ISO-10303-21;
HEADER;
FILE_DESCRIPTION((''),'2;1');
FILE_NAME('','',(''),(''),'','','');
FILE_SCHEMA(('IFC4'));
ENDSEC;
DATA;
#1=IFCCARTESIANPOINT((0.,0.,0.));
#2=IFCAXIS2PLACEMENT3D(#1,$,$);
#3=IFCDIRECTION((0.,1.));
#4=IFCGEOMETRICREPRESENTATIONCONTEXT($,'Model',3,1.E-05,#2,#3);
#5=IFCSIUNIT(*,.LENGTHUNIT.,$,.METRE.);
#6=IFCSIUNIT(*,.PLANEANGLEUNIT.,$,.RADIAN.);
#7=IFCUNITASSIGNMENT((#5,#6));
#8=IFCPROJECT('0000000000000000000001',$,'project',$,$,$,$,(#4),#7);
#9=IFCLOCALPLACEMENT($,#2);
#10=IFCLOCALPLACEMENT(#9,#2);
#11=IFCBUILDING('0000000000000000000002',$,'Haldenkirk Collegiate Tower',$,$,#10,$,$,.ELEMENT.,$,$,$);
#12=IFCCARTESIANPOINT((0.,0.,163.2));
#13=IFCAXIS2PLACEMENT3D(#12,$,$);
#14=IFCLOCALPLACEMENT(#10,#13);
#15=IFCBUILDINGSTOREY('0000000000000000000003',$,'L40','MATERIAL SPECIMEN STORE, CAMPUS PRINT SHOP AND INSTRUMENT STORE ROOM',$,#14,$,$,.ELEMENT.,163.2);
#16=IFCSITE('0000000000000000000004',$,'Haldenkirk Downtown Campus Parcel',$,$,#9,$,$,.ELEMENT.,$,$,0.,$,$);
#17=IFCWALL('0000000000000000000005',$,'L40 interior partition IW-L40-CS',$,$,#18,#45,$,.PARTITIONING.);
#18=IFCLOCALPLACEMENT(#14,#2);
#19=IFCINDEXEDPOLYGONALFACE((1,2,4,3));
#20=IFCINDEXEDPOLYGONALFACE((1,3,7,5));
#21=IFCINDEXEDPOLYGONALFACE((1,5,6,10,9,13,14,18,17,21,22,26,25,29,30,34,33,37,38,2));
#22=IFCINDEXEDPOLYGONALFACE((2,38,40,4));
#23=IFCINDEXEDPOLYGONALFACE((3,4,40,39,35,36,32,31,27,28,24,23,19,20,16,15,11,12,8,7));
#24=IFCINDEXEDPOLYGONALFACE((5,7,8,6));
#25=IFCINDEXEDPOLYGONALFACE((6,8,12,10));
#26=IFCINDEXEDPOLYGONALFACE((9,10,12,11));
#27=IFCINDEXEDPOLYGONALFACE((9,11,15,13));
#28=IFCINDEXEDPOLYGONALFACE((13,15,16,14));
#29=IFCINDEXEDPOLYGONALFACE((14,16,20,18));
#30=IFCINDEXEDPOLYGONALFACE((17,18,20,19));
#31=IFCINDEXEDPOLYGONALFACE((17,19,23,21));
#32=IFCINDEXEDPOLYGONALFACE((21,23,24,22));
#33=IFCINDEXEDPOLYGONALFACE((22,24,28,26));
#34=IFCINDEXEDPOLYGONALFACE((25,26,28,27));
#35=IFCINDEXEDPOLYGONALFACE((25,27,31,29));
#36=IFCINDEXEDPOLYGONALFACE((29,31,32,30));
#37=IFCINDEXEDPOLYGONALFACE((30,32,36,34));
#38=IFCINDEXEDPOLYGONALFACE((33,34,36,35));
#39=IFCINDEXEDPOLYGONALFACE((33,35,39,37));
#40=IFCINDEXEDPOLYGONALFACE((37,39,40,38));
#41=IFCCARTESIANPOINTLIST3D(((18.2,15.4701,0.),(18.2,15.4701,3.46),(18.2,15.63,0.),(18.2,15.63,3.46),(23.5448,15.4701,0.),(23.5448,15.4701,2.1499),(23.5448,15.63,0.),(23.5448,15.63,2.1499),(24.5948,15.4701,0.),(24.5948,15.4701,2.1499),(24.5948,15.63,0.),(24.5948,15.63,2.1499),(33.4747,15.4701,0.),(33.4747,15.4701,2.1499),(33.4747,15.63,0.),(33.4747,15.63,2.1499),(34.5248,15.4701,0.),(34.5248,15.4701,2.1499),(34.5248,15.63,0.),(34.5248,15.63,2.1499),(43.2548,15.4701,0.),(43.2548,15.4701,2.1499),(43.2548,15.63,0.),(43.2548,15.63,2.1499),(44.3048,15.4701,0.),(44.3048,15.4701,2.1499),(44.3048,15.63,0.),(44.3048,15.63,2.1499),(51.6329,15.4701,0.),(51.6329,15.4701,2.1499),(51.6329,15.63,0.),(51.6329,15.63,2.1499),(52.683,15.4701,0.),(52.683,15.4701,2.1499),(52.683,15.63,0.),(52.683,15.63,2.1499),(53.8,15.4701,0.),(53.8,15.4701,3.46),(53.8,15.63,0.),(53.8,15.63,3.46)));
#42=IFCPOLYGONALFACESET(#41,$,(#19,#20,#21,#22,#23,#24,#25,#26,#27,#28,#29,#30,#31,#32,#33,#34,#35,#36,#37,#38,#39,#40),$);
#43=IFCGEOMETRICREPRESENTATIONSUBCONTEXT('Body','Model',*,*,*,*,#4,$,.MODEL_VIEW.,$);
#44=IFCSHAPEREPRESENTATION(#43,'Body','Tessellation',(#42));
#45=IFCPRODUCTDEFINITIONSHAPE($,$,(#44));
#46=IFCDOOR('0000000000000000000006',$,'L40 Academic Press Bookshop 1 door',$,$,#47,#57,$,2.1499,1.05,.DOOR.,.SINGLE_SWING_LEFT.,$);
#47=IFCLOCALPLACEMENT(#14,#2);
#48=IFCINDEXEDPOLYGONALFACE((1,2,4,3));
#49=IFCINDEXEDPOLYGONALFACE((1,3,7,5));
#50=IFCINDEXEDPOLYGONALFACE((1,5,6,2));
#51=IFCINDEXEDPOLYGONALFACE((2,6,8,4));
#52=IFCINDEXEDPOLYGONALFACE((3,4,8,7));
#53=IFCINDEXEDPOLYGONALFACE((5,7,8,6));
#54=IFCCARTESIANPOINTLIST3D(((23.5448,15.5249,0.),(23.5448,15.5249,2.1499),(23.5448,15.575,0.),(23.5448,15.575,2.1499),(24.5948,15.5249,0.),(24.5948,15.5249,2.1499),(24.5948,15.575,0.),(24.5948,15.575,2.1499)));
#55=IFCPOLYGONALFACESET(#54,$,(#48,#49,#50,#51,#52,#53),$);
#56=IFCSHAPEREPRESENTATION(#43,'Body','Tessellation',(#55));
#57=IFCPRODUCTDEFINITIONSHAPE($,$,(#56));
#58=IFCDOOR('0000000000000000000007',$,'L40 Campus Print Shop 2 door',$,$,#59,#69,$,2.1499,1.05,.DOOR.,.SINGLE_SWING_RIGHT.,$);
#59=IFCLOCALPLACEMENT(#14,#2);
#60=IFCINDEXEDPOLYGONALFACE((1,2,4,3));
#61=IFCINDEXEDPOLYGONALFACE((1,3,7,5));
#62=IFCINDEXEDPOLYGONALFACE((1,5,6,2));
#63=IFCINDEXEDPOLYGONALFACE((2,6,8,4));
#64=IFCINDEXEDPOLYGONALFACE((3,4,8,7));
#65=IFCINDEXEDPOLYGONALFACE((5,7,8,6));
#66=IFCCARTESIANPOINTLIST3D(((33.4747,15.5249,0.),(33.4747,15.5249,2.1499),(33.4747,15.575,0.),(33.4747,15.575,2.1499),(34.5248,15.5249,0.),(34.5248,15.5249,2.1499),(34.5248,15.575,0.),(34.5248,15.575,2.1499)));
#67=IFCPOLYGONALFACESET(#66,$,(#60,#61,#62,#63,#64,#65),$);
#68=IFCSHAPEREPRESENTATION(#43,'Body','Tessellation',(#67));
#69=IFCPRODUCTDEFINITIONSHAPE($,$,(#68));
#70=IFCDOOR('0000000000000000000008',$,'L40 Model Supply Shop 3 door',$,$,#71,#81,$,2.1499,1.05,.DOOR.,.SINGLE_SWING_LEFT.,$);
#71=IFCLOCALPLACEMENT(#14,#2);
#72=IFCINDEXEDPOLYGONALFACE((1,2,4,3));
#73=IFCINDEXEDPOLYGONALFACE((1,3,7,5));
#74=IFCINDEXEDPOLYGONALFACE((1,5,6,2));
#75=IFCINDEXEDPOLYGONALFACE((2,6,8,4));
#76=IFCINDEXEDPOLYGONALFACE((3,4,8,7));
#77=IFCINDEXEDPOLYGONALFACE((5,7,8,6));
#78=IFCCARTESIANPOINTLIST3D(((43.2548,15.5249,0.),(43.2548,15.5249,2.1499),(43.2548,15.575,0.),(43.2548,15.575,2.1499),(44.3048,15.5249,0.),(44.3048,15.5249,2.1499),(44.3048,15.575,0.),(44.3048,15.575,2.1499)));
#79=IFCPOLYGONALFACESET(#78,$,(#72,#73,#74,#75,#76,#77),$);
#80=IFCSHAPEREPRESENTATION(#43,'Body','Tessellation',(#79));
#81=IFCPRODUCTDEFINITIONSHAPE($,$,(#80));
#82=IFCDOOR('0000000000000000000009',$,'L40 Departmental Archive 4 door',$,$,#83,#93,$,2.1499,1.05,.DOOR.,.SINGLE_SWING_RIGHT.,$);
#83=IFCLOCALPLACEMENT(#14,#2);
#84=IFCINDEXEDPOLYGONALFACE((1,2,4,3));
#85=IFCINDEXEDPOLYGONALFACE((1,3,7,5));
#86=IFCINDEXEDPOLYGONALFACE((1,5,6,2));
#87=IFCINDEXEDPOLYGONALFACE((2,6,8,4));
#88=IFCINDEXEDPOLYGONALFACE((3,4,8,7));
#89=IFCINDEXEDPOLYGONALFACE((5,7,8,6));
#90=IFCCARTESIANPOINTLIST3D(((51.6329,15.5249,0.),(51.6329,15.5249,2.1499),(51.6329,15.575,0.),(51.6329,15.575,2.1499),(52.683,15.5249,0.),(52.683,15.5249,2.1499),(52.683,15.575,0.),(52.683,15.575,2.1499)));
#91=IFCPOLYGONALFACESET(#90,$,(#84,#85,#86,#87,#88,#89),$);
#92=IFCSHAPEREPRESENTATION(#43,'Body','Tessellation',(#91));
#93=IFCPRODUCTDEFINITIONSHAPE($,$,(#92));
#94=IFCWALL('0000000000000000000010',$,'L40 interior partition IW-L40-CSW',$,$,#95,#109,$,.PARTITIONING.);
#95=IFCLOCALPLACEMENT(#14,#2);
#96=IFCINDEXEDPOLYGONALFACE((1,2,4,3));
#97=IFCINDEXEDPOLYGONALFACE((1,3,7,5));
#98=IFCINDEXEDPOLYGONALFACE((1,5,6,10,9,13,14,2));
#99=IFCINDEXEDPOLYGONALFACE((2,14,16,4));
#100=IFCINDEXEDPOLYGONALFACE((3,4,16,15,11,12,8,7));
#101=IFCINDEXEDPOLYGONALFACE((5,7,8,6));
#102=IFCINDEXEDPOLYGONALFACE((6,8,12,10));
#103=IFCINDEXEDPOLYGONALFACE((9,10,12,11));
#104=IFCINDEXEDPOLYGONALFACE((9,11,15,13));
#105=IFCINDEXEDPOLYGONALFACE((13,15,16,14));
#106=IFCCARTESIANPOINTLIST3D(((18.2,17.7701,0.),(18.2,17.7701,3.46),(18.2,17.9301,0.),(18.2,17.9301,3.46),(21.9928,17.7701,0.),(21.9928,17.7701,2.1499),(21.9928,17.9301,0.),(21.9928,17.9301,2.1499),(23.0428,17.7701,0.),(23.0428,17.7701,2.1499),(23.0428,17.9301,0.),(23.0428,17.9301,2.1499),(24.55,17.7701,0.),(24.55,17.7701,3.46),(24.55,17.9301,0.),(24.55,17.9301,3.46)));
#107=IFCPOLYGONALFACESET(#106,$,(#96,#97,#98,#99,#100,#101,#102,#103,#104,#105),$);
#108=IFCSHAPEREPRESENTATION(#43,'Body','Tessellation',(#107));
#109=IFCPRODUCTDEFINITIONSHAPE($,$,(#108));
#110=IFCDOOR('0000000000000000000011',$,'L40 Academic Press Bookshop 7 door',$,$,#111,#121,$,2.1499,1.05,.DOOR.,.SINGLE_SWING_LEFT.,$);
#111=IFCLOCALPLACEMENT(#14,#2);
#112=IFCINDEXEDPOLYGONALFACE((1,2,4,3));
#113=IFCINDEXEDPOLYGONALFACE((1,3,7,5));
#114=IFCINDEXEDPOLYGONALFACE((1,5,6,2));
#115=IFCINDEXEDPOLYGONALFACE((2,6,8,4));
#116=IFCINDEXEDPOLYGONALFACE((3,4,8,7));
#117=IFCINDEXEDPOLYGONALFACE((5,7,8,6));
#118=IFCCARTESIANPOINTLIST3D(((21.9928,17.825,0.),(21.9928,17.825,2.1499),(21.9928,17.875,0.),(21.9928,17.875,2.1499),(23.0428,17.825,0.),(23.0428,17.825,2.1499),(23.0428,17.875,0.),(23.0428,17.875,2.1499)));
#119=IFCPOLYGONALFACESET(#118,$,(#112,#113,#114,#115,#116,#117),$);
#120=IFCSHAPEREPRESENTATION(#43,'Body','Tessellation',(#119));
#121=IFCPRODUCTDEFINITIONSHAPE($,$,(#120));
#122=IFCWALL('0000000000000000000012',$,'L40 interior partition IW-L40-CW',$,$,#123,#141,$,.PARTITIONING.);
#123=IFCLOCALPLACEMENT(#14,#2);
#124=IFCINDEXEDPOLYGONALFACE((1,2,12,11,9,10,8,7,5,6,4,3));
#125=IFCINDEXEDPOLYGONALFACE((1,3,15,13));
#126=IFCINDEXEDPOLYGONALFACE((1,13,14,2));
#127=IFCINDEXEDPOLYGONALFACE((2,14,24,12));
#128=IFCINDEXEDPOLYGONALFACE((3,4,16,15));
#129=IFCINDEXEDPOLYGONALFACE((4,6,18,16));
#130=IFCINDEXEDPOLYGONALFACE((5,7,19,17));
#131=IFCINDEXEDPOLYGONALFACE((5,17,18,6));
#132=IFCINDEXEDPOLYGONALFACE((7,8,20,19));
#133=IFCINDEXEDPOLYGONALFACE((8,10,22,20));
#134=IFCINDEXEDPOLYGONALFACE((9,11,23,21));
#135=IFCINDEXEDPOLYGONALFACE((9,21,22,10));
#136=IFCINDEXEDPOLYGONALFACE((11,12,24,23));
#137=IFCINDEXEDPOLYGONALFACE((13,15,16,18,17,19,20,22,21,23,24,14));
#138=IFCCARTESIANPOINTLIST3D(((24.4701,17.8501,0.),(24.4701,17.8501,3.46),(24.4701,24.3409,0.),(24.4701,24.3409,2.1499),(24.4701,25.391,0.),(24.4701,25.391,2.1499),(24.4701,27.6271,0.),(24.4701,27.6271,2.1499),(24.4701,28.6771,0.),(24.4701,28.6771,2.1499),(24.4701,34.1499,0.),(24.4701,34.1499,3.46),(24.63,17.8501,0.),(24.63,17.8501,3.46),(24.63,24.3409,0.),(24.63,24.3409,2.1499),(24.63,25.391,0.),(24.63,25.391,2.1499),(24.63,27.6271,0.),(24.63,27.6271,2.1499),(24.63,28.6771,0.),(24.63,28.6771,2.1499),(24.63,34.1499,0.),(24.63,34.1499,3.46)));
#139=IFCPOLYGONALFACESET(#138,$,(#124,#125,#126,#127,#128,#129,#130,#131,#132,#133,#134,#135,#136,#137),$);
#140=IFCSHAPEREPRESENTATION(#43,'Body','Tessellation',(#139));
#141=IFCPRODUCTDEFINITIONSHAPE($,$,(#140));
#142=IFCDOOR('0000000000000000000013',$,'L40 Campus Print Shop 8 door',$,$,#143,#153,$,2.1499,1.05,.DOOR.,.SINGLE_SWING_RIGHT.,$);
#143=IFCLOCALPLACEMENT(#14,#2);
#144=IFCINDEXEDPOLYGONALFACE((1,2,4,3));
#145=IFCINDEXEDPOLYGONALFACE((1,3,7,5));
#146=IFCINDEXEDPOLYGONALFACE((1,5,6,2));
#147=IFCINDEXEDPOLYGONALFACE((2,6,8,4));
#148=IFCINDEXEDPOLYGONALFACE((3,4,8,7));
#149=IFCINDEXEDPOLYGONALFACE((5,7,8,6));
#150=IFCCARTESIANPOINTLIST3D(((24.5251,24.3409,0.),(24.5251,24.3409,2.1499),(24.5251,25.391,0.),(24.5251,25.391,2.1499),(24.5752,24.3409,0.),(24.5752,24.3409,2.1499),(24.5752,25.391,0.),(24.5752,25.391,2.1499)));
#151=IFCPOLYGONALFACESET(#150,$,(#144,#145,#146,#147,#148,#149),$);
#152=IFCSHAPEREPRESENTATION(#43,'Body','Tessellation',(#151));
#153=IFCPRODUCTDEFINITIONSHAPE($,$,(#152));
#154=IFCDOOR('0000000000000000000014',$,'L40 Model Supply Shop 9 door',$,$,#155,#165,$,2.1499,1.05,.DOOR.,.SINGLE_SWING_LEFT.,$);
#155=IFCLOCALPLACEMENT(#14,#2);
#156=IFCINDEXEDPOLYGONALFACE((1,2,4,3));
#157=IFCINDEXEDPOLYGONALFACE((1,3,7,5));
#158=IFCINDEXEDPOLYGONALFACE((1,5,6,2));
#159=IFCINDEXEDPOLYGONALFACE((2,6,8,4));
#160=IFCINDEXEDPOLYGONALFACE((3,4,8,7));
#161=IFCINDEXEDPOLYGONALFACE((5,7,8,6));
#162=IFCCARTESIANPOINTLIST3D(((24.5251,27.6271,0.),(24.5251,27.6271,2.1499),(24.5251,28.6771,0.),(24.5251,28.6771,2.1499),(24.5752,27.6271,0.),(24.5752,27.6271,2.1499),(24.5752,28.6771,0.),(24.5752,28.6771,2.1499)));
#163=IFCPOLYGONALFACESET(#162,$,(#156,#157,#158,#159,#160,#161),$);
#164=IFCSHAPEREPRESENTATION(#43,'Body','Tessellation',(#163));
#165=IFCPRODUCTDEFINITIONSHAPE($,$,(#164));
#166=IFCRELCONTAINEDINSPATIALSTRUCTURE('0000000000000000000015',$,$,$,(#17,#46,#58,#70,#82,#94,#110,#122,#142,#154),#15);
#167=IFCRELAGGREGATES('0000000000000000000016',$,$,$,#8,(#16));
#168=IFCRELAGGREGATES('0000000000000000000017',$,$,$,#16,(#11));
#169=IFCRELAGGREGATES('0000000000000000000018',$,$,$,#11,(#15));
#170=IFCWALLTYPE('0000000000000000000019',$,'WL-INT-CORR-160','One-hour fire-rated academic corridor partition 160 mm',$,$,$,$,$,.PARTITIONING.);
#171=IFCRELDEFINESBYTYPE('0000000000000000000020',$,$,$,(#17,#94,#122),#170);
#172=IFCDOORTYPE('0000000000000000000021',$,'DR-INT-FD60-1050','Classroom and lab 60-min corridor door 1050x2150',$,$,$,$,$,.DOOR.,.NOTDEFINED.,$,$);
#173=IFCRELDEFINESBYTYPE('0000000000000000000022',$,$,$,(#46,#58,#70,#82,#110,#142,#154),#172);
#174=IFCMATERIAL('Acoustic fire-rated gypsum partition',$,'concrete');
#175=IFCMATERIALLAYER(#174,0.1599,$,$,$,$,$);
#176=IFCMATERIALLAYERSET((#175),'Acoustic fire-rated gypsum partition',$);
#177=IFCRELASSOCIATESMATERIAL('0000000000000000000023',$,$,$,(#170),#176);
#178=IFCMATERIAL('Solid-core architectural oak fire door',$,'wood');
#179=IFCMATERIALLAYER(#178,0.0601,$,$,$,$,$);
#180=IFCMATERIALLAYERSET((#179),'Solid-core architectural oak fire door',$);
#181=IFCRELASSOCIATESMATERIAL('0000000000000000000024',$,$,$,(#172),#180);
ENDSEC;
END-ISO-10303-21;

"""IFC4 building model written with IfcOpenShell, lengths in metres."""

from ifc_helpers import new_model, si_unit, direction, frame, frame_2d, origin, place, context, subcontext, project, spatial, rectangle, extrude, material, layer, layer_set, type_object, element, fill, save


model = new_model("IFC4")

# Units and contexts
model_context = context("Model", 3, precision=1e-05, world=origin(), true_north=direction((0.0, 1.0)))
body_context = subcontext(model_context, "Body", "Model", "MODEL_VIEW")
ifc_project = project(units=[si_unit("LENGTHUNIT", "METRE"), si_unit("PLANEANGLEUNIT", "RADIAN")], contexts=[model_context])

# Site, building, storey
site_placement = place(None, origin())
site = spatial("IfcSite", under=ifc_project, at=site_placement, Name="Haldenkirk Downtown Campus Parcel", CompositionType="ELEMENT", RefElevation=0.0)
building_placement = place(site_placement, origin())
building = spatial("IfcBuilding", under=site, at=building_placement, Name="Haldenkirk Collegiate Tower", CompositionType="ELEMENT")
storey_placement = place(building_placement, frame((0.0, 0.0, 163.2)))
storey = spatial("IfcBuildingStorey", under=building, at=storey_placement, Name="L40", Description="MATERIAL SPECIMEN STORE, CAMPUS PRINT SHOP AND INSTRUMENT STORE ROOM", CompositionType="ELEMENT", Elevation=163.2)

# Wall, openings, doors
ifc_material_1 = material(Name="Acoustic fire-rated gypsum partition", Category="concrete")
ifc_layer_1 = layer(ifc_material_1, 0.1599)
ifc_layer_set_1 = layer_set([ifc_layer_1], Name="Acoustic fire-rated gypsum partition")
wall_type_1 = type_object("IfcWallType", Name="WL-INT-CORR-160", Description="One-hour fire-rated academic corridor partition 160 mm", PredefinedType="PARTITIONING", material=ifc_layer_set_1)
wall_1_placement = place(storey_placement, frame((18.2, 15.55, 0.0), z_axis=(0.0, 0.0, 1.0), x_axis=(1.0, 0.0, 0.0)))
wall_1 = element("IfcWall", 1, at=wall_1_placement, inside=storey, type_object=wall_type_1, Name="L40 interior partition IW-L40-CS", PredefinedType="PARTITIONING", context=body_context, shape_type="SweptSolid", body=[
    extrude(rectangle(XDim=35.6001, YDim=0.1599, at=frame_2d((17.8, 0.0))), origin(), (0.0, 0.0, 1.0), 3.46),
])
opening_1_placement = place(wall_1_placement, frame((5.345, 0.0, 0.0)))
opening_1 = element("IfcOpeningElement", 2, at=opening_1_placement, cuts=wall_1, PredefinedType="OPENING", context=body_context, shape_type="SweptSolid", body=[
    extrude(rectangle(XDim=1.05, YDim=2.1499, at=frame_2d((0.5249, 1.075))), frame((0.0, 0.0898, 0.0), z_axis=(0.0, -1.0, 0.0), x_axis=(1.0, 0.0, 0.0)), (0.0, 0.0, 1.0), 0.1799),
])
opening_2_placement = place(wall_1_placement, frame((15.2749, 0.0, 0.0)))
opening_2 = element("IfcOpeningElement", 3, at=opening_2_placement, cuts=wall_1, PredefinedType="OPENING", context=body_context, shape_type="SweptSolid", body=[
    extrude(rectangle(XDim=1.05, YDim=2.1499, at=frame_2d((0.5249, 1.075))), frame((0.0, 0.0898, 0.0), z_axis=(0.0, -1.0, 0.0), x_axis=(1.0, 0.0, 0.0)), (0.0, 0.0, 1.0), 0.1799),
])
opening_3_placement = place(wall_1_placement, frame((25.0549, 0.0, 0.0)))
opening_3 = element("IfcOpeningElement", 4, at=opening_3_placement, cuts=wall_1, PredefinedType="OPENING", context=body_context, shape_type="SweptSolid", body=[
    extrude(rectangle(XDim=1.05, YDim=2.1499, at=frame_2d((0.5249, 1.075))), frame((0.0, 0.0898, 0.0), z_axis=(0.0, -1.0, 0.0), x_axis=(1.0, 0.0, 0.0)), (0.0, 0.0, 1.0), 0.1799),
])
opening_4_placement = place(wall_1_placement, frame((33.4331, 0.0, 0.0)))
opening_4 = element("IfcOpeningElement", 5, at=opening_4_placement, cuts=wall_1, PredefinedType="OPENING", context=body_context, shape_type="SweptSolid", body=[
    extrude(rectangle(XDim=1.05, YDim=2.1499, at=frame_2d((0.5249, 1.075))), frame((0.0, 0.0898, 0.0), z_axis=(0.0, -1.0, 0.0), x_axis=(1.0, 0.0, 0.0)), (0.0, 0.0, 1.0), 0.1799),
])
ifc_material_2 = material(Name="Solid-core architectural oak fire door", Category="wood")
ifc_layer_2 = layer(ifc_material_2, 0.0601)
ifc_layer_set_2 = layer_set([ifc_layer_2], Name="Solid-core architectural oak fire door")
door_type_1 = type_object("IfcDoorType", Name="DR-INT-FD60-1050", Description="Classroom and lab 60-min corridor door 1050x2150", OperationType="NOTDEFINED", PredefinedType="DOOR", material=ifc_layer_set_2)
door_1_placement = place(opening_1_placement, origin())
door_1 = element("IfcDoor", 6, at=door_1_placement, inside=storey, type_object=door_type_1, Name="L40 Academic Press Bookshop 1 door", OperationType="SINGLE_SWING_LEFT", OverallHeight=2.1499, OverallWidth=1.05, PredefinedType="DOOR", context=body_context, shape_type="SweptSolid", body=[
    extrude(rectangle(XDim=1.05, YDim=2.1499, at=frame_2d((0.5249, 1.075))), frame((0.0, 0.0249, 0.0), z_axis=(0.0, -1.0, 0.0), x_axis=(1.0, 0.0, 0.0)), (0.0, 0.0, 1.0), 0.05),
])
fill(opening_1, door_1)
door_2_placement = place(opening_2_placement, origin())
door_2 = element("IfcDoor", 7, at=door_2_placement, inside=storey, type_object=door_type_1, Name="L40 Campus Print Shop 2 door", OperationType="SINGLE_SWING_RIGHT", OverallHeight=2.1499, OverallWidth=1.05, PredefinedType="DOOR", context=body_context, shape_type="SweptSolid", body=[
    extrude(rectangle(XDim=1.05, YDim=2.1499, at=frame_2d((0.5249, 1.075))), frame((0.0, 0.0249, 0.0), z_axis=(0.0, -1.0, 0.0), x_axis=(1.0, 0.0, 0.0)), (0.0, 0.0, 1.0), 0.05),
])
fill(opening_2, door_2)
door_3_placement = place(opening_3_placement, origin())
door_3 = element("IfcDoor", 8, at=door_3_placement, inside=storey, type_object=door_type_1, Name="L40 Model Supply Shop 3 door", OperationType="SINGLE_SWING_LEFT", OverallHeight=2.1499, OverallWidth=1.05, PredefinedType="DOOR", context=body_context, shape_type="SweptSolid", body=[
    extrude(rectangle(XDim=1.05, YDim=2.1499, at=frame_2d((0.5249, 1.075))), frame((0.0, 0.0249, 0.0), z_axis=(0.0, -1.0, 0.0), x_axis=(1.0, 0.0, 0.0)), (0.0, 0.0, 1.0), 0.05),
])
fill(opening_3, door_3)
door_4_placement = place(opening_4_placement, origin())
door_4 = element("IfcDoor", 9, at=door_4_placement, inside=storey, type_object=door_type_1, Name="L40 Departmental Archive 4 door", OperationType="SINGLE_SWING_RIGHT", OverallHeight=2.1499, OverallWidth=1.05, PredefinedType="DOOR", context=body_context, shape_type="SweptSolid", body=[
    extrude(rectangle(XDim=1.05, YDim=2.1499, at=frame_2d((0.5249, 1.075))), frame((0.0, 0.0249, 0.0), z_axis=(0.0, -1.0, 0.0), x_axis=(1.0, 0.0, 0.0)), (0.0, 0.0, 1.0), 0.05),
])
fill(opening_4, door_4)

# Wall, opening, door
wall_2_placement = place(storey_placement, frame((18.2, 17.8501, 0.0), z_axis=(0.0, 0.0, 1.0), x_axis=(1.0, 0.0, 0.0)))
wall_2 = element("IfcWall", 10, at=wall_2_placement, inside=storey, type_object=wall_type_1, Name="L40 interior partition IW-L40-CSW", PredefinedType="PARTITIONING", context=body_context, shape_type="SweptSolid", body=[
    extrude(rectangle(XDim=6.3501, YDim=0.1599, at=frame_2d((3.175, 0.0))), origin(), (0.0, 0.0, 1.0), 3.46),
])
opening_5_placement = place(wall_2_placement, frame((3.793, 0.0, 0.0)))
opening_5 = element("IfcOpeningElement", 11, at=opening_5_placement, cuts=wall_2, PredefinedType="OPENING", context=body_context, shape_type="SweptSolid", body=[
    extrude(rectangle(XDim=1.05, YDim=2.1499, at=frame_2d((0.5249, 1.075))), frame((0.0, 0.0898, 0.0), z_axis=(0.0, -1.0, 0.0), x_axis=(1.0, 0.0, 0.0)), (0.0, 0.0, 1.0), 0.1799),
])
door_5_placement = place(opening_5_placement, origin())
door_5 = element("IfcDoor", 12, at=door_5_placement, inside=storey, type_object=door_type_1, Name="L40 Academic Press Bookshop 7 door", OperationType="SINGLE_SWING_LEFT", OverallHeight=2.1499, OverallWidth=1.05, PredefinedType="DOOR", context=body_context, shape_type="SweptSolid", body=[
    extrude(rectangle(XDim=1.05, YDim=2.1499, at=frame_2d((0.5249, 1.075))), frame((0.0, 0.0249, 0.0), z_axis=(0.0, -1.0, 0.0), x_axis=(1.0, 0.0, 0.0)), (0.0, 0.0, 1.0), 0.05),
])
fill(opening_5, door_5)

# Wall, openings, doors
wall_3_placement = place(storey_placement, frame((24.55, 17.8501, 0.0), z_axis=(0.0, 0.0, 1.0), x_axis=(0.0, 1.0, 0.0)))
wall_3 = element("IfcWall", 13, at=wall_3_placement, inside=storey, type_object=wall_type_1, Name="L40 interior partition IW-L40-CW", PredefinedType="PARTITIONING", context=body_context, shape_type="SweptSolid", body=[
    extrude(rectangle(XDim=16.2998, YDim=0.1599, at=frame_2d((8.1499, 0.0))), origin(), (0.0, 0.0, 1.0), 3.46),
])
opening_6_placement = place(wall_3_placement, frame((6.491, 0.0, 0.0)))
opening_6 = element("IfcOpeningElement", 14, at=opening_6_placement, cuts=wall_3, PredefinedType="OPENING", context=body_context, shape_type="SweptSolid", body=[
    extrude(rectangle(XDim=1.05, YDim=2.1499, at=frame_2d((0.5249, 1.075))), frame((0.0, 0.0898, 0.0), z_axis=(0.0, -1.0, 0.0), x_axis=(1.0, 0.0, 0.0)), (0.0, 0.0, 1.0), 0.1799),
])
opening_7_placement = place(wall_3_placement, frame((9.7771, 0.0, 0.0)))
opening_7 = element("IfcOpeningElement", 15, at=opening_7_placement, cuts=wall_3, PredefinedType="OPENING", context=body_context, shape_type="SweptSolid", body=[
    extrude(rectangle(XDim=1.05, YDim=2.1499, at=frame_2d((0.5249, 1.075))), frame((0.0, 0.0898, 0.0), z_axis=(0.0, -1.0, 0.0), x_axis=(1.0, 0.0, 0.0)), (0.0, 0.0, 1.0), 0.1799),
])
door_6_placement = place(opening_6_placement, origin())
door_6 = element("IfcDoor", 16, at=door_6_placement, inside=storey, type_object=door_type_1, Name="L40 Campus Print Shop 8 door", OperationType="SINGLE_SWING_RIGHT", OverallHeight=2.1499, OverallWidth=1.05, PredefinedType="DOOR", context=body_context, shape_type="SweptSolid", body=[
    extrude(rectangle(XDim=1.05, YDim=2.1499, at=frame_2d((0.5249, 1.075))), frame((0.0, 0.0249, 0.0), z_axis=(0.0, -1.0, 0.0), x_axis=(1.0, 0.0, 0.0)), (0.0, 0.0, 1.0), 0.05),
])
fill(opening_6, door_6)
door_7_placement = place(opening_7_placement, origin())
door_7 = element("IfcDoor", 17, at=door_7_placement, inside=storey, type_object=door_type_1, Name="L40 Model Supply Shop 9 door", OperationType="SINGLE_SWING_LEFT", OverallHeight=2.1499, OverallWidth=1.05, PredefinedType="DOOR", context=body_context, shape_type="SweptSolid", body=[
    extrude(rectangle(XDim=1.05, YDim=2.1499, at=frame_2d((0.5249, 1.075))), frame((0.0, 0.0249, 0.0), z_axis=(0.0, -1.0, 0.0), x_axis=(1.0, 0.0, 0.0)), (0.0, 0.0, 1.0), 0.05),
])
fill(opening_7, door_7)

save(model, "model.ifc")
